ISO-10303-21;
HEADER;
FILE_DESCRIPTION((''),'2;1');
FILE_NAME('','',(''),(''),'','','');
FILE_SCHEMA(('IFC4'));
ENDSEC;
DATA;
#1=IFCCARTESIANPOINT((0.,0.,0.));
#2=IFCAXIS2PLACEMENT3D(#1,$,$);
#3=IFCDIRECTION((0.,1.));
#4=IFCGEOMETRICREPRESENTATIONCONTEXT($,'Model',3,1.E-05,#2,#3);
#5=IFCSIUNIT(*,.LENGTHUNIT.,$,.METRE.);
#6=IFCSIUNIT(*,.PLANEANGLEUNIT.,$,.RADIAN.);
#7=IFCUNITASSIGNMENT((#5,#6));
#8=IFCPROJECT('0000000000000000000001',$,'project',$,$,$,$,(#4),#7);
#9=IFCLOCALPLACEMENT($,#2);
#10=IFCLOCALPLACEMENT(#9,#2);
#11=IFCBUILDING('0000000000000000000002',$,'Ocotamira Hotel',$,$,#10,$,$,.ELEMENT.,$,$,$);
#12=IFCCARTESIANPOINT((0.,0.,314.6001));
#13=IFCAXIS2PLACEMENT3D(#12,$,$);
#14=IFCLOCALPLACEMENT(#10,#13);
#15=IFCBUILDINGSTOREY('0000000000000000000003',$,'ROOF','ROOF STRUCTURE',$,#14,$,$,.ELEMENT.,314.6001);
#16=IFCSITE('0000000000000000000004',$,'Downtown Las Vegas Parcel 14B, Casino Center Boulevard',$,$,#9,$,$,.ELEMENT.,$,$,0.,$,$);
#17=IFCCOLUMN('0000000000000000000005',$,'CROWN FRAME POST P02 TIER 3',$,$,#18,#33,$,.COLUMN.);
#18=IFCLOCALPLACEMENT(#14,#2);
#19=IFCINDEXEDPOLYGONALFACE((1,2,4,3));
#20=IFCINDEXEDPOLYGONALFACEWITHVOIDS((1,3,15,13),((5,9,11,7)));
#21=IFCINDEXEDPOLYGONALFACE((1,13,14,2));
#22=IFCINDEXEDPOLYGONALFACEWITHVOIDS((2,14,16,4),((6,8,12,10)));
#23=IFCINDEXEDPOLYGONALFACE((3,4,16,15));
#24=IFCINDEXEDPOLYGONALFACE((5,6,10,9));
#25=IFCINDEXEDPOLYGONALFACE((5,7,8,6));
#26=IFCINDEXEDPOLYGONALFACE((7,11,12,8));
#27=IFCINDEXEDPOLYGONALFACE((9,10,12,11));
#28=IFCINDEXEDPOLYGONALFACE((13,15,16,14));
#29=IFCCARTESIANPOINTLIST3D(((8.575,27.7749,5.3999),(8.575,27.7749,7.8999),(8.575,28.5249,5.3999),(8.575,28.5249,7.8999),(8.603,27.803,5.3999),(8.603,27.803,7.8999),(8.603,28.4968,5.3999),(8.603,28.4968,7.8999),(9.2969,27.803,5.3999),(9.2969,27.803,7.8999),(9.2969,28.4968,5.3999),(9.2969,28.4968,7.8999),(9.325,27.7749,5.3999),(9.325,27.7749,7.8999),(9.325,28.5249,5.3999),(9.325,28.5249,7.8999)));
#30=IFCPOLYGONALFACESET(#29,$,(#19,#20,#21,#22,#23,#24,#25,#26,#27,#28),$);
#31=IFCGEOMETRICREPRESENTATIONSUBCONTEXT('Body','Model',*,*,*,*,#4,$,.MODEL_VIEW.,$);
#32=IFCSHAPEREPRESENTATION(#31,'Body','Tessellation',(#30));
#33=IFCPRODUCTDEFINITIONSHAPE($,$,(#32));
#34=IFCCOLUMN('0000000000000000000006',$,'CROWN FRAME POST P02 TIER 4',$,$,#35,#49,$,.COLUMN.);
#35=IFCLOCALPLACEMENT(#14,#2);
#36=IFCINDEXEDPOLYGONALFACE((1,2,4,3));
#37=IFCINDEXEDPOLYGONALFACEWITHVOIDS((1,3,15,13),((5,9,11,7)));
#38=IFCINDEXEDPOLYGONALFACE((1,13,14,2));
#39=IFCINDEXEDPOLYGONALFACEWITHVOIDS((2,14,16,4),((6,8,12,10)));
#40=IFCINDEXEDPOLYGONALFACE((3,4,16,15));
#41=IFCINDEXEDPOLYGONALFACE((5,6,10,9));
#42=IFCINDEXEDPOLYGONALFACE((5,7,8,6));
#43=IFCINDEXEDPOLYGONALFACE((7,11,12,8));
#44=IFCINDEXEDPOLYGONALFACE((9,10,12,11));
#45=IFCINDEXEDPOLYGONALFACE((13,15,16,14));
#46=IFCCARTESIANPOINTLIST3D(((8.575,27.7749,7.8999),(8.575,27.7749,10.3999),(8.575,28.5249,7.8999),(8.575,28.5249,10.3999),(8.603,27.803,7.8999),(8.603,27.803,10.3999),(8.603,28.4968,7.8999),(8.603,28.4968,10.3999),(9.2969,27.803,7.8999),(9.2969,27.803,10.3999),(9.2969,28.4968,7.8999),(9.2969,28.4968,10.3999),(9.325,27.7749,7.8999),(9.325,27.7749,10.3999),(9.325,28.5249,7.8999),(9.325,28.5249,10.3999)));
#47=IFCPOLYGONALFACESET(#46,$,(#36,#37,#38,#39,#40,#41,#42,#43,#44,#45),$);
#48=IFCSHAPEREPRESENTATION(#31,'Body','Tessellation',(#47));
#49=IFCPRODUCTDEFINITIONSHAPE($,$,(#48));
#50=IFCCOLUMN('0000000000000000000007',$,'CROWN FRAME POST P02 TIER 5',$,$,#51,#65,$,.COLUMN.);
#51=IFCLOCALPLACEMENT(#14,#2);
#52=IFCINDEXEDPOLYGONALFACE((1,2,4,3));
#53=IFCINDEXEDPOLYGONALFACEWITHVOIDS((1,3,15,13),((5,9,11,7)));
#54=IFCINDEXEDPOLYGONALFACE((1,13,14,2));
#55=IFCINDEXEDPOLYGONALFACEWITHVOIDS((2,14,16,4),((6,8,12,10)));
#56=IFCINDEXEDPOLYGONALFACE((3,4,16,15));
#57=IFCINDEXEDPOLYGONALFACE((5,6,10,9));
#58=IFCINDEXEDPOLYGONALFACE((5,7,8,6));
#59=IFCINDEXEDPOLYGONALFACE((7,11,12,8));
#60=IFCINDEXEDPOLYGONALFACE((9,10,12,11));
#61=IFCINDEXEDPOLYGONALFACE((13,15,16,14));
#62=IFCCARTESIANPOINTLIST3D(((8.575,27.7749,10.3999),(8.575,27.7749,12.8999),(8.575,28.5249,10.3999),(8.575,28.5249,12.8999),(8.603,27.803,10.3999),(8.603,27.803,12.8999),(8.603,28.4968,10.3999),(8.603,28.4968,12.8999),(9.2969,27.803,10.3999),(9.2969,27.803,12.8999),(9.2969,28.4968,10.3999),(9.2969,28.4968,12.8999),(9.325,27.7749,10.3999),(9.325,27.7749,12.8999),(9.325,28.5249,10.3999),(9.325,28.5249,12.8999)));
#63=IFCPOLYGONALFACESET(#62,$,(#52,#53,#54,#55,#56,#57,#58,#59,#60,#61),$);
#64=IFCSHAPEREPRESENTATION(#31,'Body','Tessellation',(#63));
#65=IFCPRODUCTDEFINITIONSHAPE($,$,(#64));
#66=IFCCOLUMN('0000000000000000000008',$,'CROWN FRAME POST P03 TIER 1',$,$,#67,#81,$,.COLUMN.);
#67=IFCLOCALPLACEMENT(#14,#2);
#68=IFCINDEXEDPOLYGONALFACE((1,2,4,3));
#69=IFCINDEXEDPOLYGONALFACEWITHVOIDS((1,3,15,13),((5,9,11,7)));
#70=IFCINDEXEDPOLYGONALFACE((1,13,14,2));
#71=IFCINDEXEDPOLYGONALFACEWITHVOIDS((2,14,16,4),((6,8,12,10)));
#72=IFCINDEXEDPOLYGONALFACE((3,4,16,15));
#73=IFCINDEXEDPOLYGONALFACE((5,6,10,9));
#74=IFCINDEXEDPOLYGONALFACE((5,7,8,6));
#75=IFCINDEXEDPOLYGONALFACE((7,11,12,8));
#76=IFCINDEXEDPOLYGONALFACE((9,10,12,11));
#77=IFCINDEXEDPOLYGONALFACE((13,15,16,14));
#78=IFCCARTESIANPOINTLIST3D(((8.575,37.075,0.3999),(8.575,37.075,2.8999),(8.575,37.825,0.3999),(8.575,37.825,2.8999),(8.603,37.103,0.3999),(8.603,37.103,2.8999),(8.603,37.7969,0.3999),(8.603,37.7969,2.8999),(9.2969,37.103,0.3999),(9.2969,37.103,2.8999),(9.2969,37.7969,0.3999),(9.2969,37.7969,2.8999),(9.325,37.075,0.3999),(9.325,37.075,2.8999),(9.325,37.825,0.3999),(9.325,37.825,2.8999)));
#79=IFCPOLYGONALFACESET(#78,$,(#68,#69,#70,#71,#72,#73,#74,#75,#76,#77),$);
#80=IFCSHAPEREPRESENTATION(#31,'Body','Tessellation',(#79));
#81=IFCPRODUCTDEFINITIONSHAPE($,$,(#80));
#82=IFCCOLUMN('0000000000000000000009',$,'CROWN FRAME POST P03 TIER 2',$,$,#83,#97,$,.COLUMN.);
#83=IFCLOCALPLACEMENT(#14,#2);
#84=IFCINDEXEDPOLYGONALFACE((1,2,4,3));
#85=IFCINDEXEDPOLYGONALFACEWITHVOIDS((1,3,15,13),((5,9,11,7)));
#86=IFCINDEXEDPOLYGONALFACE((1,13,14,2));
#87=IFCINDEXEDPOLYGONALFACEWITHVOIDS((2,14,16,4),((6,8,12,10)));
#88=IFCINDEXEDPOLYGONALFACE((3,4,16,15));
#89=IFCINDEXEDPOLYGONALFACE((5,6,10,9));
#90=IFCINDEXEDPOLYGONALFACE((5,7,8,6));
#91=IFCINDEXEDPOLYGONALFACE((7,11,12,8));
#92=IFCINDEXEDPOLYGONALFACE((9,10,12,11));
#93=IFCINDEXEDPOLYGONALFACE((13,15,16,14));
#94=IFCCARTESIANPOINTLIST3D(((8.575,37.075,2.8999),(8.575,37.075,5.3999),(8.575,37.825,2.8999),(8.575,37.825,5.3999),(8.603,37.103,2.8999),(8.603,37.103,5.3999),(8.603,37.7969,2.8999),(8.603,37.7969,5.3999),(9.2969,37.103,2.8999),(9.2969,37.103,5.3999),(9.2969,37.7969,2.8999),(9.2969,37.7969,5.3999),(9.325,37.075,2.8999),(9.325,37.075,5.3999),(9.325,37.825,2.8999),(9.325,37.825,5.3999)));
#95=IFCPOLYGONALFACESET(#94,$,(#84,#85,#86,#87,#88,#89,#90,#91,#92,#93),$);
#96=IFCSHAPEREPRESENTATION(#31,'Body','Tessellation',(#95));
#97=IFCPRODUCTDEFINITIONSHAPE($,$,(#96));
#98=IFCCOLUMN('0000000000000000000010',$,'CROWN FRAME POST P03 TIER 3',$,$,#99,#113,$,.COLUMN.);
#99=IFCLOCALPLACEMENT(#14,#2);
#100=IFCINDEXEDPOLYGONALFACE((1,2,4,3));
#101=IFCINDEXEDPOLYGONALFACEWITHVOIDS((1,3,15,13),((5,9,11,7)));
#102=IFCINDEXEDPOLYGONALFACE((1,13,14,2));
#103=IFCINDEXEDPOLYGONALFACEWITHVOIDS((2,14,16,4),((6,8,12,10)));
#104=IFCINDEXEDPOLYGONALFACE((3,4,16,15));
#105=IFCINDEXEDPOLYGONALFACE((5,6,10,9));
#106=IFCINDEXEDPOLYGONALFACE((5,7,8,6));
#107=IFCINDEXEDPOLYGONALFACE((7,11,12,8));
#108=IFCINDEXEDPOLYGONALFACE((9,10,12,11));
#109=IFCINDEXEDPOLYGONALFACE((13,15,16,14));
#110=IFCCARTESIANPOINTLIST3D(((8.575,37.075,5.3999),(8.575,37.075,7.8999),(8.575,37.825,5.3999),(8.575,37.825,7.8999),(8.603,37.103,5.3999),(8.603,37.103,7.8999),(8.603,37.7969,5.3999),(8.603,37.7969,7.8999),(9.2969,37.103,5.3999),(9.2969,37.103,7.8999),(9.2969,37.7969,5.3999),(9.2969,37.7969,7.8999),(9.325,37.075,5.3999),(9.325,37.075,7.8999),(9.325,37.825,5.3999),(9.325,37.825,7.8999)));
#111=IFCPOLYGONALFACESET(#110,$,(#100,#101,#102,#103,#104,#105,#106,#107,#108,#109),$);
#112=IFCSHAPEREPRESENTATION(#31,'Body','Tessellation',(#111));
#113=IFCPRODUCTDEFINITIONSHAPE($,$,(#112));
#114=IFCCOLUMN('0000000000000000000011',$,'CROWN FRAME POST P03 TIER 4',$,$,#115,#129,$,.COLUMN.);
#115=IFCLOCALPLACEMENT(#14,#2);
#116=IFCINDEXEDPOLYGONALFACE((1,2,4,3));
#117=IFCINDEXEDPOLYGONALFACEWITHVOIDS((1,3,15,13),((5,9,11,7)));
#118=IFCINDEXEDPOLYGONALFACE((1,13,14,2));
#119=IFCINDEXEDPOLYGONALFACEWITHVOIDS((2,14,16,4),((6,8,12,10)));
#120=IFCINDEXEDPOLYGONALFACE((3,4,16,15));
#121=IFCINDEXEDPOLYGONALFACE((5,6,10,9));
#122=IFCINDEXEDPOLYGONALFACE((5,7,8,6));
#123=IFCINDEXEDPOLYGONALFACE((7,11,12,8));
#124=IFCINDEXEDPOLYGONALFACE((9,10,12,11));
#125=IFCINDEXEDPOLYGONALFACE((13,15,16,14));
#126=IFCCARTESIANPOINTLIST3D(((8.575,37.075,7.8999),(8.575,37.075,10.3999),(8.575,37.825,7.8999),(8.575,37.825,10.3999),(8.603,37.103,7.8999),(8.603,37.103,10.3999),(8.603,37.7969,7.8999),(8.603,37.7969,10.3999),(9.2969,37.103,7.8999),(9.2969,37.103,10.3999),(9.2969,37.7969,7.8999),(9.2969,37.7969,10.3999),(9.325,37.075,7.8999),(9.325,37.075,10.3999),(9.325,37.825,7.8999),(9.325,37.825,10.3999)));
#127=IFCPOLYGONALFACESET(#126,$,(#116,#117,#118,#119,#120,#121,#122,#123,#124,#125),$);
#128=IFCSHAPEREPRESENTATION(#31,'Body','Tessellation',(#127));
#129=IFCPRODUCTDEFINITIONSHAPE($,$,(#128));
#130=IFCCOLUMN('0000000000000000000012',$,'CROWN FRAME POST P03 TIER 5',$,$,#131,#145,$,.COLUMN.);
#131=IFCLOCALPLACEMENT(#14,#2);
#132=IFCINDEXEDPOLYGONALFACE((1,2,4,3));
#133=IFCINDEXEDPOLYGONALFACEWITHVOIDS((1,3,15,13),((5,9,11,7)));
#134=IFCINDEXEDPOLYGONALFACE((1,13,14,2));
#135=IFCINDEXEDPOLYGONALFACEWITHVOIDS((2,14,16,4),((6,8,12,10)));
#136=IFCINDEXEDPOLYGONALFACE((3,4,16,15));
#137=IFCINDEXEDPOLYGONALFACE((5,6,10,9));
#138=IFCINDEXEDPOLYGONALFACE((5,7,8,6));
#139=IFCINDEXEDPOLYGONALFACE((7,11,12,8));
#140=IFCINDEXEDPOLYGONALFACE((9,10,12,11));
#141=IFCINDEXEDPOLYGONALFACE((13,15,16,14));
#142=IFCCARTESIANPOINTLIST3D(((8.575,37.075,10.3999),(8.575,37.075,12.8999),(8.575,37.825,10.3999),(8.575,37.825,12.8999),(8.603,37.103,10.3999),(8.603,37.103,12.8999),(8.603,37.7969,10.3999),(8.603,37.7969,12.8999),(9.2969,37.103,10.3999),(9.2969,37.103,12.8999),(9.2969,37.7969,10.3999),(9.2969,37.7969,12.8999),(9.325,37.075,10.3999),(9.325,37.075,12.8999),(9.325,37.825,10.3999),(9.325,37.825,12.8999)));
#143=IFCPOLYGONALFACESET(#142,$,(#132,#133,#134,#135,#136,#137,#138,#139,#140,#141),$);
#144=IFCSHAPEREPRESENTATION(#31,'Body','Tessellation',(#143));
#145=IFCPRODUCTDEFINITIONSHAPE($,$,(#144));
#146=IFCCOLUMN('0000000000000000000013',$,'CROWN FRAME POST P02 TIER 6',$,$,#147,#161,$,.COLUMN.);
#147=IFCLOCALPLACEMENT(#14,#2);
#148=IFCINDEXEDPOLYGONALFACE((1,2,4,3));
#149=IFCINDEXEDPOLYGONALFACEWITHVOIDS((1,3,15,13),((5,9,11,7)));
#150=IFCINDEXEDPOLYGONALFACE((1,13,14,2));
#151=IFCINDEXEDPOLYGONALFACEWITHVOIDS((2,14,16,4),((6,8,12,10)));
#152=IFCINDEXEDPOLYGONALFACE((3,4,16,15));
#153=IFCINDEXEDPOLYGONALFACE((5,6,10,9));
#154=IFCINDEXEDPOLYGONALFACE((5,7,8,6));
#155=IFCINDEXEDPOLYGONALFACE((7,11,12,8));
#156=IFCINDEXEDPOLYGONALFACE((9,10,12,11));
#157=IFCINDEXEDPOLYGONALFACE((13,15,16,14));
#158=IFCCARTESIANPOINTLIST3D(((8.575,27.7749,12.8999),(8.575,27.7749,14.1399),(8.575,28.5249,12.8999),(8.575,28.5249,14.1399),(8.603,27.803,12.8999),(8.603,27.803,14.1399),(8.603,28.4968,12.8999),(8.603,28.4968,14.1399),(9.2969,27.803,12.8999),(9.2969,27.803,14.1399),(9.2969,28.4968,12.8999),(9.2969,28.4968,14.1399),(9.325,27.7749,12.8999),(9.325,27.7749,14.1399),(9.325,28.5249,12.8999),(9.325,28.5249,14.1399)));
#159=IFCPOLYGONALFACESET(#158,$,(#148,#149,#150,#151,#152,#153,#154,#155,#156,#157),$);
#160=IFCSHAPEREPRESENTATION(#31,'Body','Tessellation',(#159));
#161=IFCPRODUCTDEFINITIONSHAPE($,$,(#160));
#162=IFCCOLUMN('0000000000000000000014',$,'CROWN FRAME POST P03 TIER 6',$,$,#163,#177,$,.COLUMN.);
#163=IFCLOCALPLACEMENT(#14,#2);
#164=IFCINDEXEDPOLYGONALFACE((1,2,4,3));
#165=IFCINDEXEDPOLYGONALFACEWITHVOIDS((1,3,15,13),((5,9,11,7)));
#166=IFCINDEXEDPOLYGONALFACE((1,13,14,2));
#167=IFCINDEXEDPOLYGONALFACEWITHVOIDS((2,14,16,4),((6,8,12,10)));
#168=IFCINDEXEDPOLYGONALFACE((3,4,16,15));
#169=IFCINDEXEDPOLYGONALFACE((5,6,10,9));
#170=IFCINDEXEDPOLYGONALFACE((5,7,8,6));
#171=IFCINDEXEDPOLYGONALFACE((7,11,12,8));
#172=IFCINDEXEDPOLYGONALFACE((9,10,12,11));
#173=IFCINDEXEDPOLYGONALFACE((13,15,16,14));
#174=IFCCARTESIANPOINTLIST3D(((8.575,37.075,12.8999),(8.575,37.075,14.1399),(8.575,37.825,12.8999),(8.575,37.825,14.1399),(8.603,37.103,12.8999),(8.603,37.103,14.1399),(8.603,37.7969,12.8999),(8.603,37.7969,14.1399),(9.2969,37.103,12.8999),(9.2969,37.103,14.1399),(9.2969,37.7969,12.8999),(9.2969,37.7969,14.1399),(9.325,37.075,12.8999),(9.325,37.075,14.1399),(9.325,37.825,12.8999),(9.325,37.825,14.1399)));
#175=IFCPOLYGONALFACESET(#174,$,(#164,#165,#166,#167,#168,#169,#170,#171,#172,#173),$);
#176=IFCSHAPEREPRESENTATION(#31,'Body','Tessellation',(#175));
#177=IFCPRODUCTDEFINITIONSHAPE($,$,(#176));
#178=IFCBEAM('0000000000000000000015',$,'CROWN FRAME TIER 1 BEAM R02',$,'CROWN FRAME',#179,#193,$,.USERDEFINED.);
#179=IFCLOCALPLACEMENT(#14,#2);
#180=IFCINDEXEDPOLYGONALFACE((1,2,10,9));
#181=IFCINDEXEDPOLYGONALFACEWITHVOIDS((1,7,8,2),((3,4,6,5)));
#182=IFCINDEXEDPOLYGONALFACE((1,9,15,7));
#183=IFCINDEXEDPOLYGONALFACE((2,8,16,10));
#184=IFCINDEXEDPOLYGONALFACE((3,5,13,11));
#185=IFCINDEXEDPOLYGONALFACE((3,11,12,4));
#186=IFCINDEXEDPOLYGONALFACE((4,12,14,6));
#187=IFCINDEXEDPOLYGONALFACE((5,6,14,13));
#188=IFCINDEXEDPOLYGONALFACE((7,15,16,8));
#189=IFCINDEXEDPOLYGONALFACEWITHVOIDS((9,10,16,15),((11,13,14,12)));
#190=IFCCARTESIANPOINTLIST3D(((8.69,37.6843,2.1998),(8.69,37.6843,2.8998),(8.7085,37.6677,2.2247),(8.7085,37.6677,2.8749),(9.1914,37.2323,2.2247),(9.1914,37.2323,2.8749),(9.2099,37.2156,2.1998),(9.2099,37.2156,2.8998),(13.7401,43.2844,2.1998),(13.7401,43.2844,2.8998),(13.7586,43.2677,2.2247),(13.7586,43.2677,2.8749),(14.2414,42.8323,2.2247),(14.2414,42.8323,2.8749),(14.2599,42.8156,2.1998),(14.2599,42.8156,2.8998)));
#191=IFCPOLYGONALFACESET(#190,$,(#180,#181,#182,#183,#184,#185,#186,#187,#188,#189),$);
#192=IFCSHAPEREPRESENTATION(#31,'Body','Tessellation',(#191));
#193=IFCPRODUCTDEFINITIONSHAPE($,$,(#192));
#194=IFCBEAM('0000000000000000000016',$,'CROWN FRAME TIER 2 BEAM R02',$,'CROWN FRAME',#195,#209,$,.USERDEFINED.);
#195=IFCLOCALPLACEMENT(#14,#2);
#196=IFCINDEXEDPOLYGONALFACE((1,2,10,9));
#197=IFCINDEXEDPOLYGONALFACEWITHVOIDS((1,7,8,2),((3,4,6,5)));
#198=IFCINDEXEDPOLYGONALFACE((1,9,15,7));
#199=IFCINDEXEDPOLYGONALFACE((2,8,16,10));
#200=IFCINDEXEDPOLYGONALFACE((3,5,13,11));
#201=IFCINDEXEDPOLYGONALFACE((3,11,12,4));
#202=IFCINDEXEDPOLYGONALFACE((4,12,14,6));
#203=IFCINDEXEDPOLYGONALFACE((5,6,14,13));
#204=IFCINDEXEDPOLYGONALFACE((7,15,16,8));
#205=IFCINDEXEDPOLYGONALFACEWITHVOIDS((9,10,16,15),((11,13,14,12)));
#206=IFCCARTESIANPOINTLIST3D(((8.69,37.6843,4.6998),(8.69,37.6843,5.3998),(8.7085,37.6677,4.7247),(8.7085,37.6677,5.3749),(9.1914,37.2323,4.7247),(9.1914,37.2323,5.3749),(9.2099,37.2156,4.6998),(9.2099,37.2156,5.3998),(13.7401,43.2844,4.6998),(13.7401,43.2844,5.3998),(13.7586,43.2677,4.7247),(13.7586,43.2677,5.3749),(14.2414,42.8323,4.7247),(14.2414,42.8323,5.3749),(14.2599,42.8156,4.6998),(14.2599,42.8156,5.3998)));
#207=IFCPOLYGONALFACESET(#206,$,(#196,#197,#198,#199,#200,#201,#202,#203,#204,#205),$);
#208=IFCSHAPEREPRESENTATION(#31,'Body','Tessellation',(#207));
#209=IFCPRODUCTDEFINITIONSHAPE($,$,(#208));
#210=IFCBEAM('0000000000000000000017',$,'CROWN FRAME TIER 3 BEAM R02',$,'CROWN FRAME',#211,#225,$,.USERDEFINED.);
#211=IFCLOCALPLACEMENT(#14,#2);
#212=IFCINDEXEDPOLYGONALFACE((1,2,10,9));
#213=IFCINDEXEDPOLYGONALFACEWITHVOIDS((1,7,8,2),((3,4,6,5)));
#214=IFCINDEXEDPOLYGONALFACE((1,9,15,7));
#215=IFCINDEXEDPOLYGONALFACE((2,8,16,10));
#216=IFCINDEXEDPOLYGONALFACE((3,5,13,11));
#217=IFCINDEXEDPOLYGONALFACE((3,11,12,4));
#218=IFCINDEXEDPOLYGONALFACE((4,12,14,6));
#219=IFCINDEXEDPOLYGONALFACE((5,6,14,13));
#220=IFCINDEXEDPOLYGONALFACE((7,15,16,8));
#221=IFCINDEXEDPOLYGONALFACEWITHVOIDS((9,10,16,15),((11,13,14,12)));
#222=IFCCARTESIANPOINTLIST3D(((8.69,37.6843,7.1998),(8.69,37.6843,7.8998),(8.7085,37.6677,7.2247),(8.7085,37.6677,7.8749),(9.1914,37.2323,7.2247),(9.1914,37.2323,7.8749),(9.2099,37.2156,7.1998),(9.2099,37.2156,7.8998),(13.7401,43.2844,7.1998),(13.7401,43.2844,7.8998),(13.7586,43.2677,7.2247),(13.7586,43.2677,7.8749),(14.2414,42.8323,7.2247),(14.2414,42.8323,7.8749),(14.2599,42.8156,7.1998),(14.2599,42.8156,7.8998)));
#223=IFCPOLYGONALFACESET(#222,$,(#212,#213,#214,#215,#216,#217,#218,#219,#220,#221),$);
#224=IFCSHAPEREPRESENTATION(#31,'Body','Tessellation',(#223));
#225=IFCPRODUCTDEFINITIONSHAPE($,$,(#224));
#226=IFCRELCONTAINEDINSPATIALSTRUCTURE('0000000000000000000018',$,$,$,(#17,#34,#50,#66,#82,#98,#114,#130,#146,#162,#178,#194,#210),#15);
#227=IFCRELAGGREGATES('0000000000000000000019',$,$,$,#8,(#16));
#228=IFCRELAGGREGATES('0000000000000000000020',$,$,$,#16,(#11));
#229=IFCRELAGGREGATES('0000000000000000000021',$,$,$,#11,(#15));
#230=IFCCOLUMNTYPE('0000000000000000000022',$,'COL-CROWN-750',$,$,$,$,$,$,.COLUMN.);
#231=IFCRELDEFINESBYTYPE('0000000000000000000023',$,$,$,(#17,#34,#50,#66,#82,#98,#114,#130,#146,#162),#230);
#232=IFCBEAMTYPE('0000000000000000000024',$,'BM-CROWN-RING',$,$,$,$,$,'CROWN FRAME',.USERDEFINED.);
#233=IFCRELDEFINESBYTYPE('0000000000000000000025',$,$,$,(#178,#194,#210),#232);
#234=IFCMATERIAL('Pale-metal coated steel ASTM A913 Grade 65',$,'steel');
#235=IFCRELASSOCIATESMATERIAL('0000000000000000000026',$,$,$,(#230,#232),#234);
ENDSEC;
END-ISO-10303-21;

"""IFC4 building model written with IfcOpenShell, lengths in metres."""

from ifc_helpers import new_model, si_unit, direction, frame, origin, origin_2d, place, context, subcontext, project, spatial, hollow_rectangle, extrude, source, transform, mapped, material, material_profile, profile_set, type_object, element, save


model = new_model("IFC4")

# Units and contexts
model_context = context("Model", 3, precision=1e-05, world=origin(), true_north=direction((0.0, 1.0)))
body_context = subcontext(model_context, "Body", "Model", "MODEL_VIEW")
ifc_project = project(units=[si_unit("LENGTHUNIT", "METRE"), si_unit("PLANEANGLEUNIT", "RADIAN")], contexts=[model_context])

# Site, building, storey
site_placement = place(None, origin())
site = spatial("IfcSite", under=ifc_project, at=site_placement, Name="Downtown Las Vegas Parcel 14B, Casino Center Boulevard", CompositionType="ELEMENT", RefElevation=0.0)
building_placement = place(site_placement, origin())
building = spatial("IfcBuilding", under=site, at=building_placement, Name="Ocotamira Hotel", CompositionType="ELEMENT")
storey_placement = place(building_placement, frame((0.0, 0.0, 314.6001)))
storey = spatial("IfcBuildingStorey", under=building, at=storey_placement, Name="ROOF", Description="ROOF STRUCTURE", CompositionType="ELEMENT", Elevation=314.6001)

# Columns
ifc_material_1 = material(Name="Pale-metal coated steel ASTM A913 Grade 65", Category="steel")
ifc_material_profile_1 = material_profile(ifc_material_1, hollow_rectangle(XDim=0.75, YDim=0.75, WallThickness=0.0281, at=origin_2d()), Name="BOX750X750X28")
ifc_profile_set_1 = profile_set([ifc_material_profile_1], Name="Pale-metal coated steel ASTM A913 Grade 65")
column_type = type_object("IfcColumnType", Name="COL-CROWN-750", PredefinedType="COLUMN", material=ifc_profile_set_1)
shared_shape_1 = source(origin(), body_context, "Body", "SweptSolid", [
    extrude(hollow_rectangle(XDim=0.75, YDim=0.75, WallThickness=0.0281, at=origin_2d()), origin(), (0.0, 0.0, 1.0), 2.5),
])
for number, where, z_axis, x_axis, name in (
    (1, (8.95, 28.1499, 5.3999), (0.0, 0.0, 1.0), (1.0, 0.0, 0.0), "CROWN FRAME POST P02 TIER 3"),
    (2, (8.95, 28.1499, 7.8999), (0.0, 0.0, 1.0), (1.0, 0.0, 0.0), "CROWN FRAME POST P02 TIER 4"),
    (3, (8.95, 28.1499, 10.3999), (0.0, 0.0, 1.0), (1.0, 0.0, 0.0), "CROWN FRAME POST P02 TIER 5"),
    (4, (8.95, 37.45, 0.3999), (0.0, 0.0, 1.0), (1.0, 0.0, 0.0), "CROWN FRAME POST P03 TIER 1"),
    (5, (8.95, 37.45, 2.8999), (0.0, 0.0, 1.0), (1.0, 0.0, 0.0), "CROWN FRAME POST P03 TIER 2"),
    (6, (8.95, 37.45, 5.3999), (0.0, 0.0, 1.0), (1.0, 0.0, 0.0), "CROWN FRAME POST P03 TIER 3"),
    (7, (8.95, 37.45, 7.8999), (0.0, 0.0, 1.0), (1.0, 0.0, 0.0), "CROWN FRAME POST P03 TIER 4"),
    (8, (8.95, 37.45, 10.3999), (0.0, 0.0, 1.0), (1.0, 0.0, 0.0), "CROWN FRAME POST P03 TIER 5"),
):
    element("IfcColumn", number, at=place(storey_placement, frame(where, z_axis=z_axis, x_axis=x_axis)), inside=storey, type_object=column_type, Name=name, PredefinedType="COLUMN", context=body_context, shape_type="MappedRepresentation", body=[
        mapped(shared_shape_1, transform((0.0, 0.0, 0.0), scale=1.0)),
    ])
shared_shape_2 = source(origin(), body_context, "Body", "SweptSolid", [
    extrude(hollow_rectangle(XDim=0.75, YDim=0.75, WallThickness=0.0281, at=origin_2d()), origin(), (0.0, 0.0, 1.0), 1.24),
])
for number, where, z_axis, x_axis, name in (
    (9, (8.95, 28.1499, 12.8999), (0.0, 0.0, 1.0), (1.0, 0.0, 0.0), "CROWN FRAME POST P02 TIER 6"),
    (10, (8.95, 37.45, 12.8999), (0.0, 0.0, 1.0), (1.0, 0.0, 0.0), "CROWN FRAME POST P03 TIER 6"),
):
    element("IfcColumn", number, at=place(storey_placement, frame(where, z_axis=z_axis, x_axis=x_axis)), inside=storey, type_object=column_type, Name=name, PredefinedType="COLUMN", context=body_context, shape_type="MappedRepresentation", body=[
        mapped(shared_shape_2, transform((0.0, 0.0, 0.0), scale=1.0)),
    ])

# Beams
ifc_material_profile_2 = material_profile(ifc_material_1, hollow_rectangle(XDim=0.7, YDim=0.7, WallThickness=0.0249, at=origin_2d()), Name="BOX700X700X25")
ifc_profile_set_2 = profile_set([ifc_material_profile_2], Name="Pale-metal coated steel ASTM A913 Grade 65")
beam_type = type_object("IfcBeamType", Name="BM-CROWN-RING", ElementType="CROWN FRAME", PredefinedType="USERDEFINED", material=ifc_profile_set_2)
shared_shape_3 = source(origin(), body_context, "Body", "SweptSolid", [
    extrude(hollow_rectangle(XDim=0.7, YDim=0.7, WallThickness=0.0249, at=origin_2d()), origin(), (0.0, 0.0, 1.0), 7.5408),
])
for number, where, z_axis, x_axis, name in (
    (11, (8.95, 37.45, 2.5498), (0.669694, 0.742637, 0.0), (-0.742637, 0.669694, 0.0), "CROWN FRAME TIER 1 BEAM R02"),
    (12, (8.95, 37.45, 5.0498), (0.669694, 0.742637, 0.0), (-0.742637, 0.669694, 0.0), "CROWN FRAME TIER 2 BEAM R02"),
    (13, (8.95, 37.45, 7.5498), (0.669694, 0.742637, 0.0), (-0.742637, 0.669694, 0.0), "CROWN FRAME TIER 3 BEAM R02"),
):
    element("IfcBeam", number, at=place(storey_placement, frame(where, z_axis=z_axis, x_axis=x_axis)), inside=storey, type_object=beam_type, Name=name, ObjectType="CROWN FRAME", PredefinedType="USERDEFINED", context=body_context, shape_type="MappedRepresentation", body=[
        mapped(shared_shape_3, transform((0.0, 0.0, 0.0), scale=1.0)),
    ])

save(model, "model.ifc")
